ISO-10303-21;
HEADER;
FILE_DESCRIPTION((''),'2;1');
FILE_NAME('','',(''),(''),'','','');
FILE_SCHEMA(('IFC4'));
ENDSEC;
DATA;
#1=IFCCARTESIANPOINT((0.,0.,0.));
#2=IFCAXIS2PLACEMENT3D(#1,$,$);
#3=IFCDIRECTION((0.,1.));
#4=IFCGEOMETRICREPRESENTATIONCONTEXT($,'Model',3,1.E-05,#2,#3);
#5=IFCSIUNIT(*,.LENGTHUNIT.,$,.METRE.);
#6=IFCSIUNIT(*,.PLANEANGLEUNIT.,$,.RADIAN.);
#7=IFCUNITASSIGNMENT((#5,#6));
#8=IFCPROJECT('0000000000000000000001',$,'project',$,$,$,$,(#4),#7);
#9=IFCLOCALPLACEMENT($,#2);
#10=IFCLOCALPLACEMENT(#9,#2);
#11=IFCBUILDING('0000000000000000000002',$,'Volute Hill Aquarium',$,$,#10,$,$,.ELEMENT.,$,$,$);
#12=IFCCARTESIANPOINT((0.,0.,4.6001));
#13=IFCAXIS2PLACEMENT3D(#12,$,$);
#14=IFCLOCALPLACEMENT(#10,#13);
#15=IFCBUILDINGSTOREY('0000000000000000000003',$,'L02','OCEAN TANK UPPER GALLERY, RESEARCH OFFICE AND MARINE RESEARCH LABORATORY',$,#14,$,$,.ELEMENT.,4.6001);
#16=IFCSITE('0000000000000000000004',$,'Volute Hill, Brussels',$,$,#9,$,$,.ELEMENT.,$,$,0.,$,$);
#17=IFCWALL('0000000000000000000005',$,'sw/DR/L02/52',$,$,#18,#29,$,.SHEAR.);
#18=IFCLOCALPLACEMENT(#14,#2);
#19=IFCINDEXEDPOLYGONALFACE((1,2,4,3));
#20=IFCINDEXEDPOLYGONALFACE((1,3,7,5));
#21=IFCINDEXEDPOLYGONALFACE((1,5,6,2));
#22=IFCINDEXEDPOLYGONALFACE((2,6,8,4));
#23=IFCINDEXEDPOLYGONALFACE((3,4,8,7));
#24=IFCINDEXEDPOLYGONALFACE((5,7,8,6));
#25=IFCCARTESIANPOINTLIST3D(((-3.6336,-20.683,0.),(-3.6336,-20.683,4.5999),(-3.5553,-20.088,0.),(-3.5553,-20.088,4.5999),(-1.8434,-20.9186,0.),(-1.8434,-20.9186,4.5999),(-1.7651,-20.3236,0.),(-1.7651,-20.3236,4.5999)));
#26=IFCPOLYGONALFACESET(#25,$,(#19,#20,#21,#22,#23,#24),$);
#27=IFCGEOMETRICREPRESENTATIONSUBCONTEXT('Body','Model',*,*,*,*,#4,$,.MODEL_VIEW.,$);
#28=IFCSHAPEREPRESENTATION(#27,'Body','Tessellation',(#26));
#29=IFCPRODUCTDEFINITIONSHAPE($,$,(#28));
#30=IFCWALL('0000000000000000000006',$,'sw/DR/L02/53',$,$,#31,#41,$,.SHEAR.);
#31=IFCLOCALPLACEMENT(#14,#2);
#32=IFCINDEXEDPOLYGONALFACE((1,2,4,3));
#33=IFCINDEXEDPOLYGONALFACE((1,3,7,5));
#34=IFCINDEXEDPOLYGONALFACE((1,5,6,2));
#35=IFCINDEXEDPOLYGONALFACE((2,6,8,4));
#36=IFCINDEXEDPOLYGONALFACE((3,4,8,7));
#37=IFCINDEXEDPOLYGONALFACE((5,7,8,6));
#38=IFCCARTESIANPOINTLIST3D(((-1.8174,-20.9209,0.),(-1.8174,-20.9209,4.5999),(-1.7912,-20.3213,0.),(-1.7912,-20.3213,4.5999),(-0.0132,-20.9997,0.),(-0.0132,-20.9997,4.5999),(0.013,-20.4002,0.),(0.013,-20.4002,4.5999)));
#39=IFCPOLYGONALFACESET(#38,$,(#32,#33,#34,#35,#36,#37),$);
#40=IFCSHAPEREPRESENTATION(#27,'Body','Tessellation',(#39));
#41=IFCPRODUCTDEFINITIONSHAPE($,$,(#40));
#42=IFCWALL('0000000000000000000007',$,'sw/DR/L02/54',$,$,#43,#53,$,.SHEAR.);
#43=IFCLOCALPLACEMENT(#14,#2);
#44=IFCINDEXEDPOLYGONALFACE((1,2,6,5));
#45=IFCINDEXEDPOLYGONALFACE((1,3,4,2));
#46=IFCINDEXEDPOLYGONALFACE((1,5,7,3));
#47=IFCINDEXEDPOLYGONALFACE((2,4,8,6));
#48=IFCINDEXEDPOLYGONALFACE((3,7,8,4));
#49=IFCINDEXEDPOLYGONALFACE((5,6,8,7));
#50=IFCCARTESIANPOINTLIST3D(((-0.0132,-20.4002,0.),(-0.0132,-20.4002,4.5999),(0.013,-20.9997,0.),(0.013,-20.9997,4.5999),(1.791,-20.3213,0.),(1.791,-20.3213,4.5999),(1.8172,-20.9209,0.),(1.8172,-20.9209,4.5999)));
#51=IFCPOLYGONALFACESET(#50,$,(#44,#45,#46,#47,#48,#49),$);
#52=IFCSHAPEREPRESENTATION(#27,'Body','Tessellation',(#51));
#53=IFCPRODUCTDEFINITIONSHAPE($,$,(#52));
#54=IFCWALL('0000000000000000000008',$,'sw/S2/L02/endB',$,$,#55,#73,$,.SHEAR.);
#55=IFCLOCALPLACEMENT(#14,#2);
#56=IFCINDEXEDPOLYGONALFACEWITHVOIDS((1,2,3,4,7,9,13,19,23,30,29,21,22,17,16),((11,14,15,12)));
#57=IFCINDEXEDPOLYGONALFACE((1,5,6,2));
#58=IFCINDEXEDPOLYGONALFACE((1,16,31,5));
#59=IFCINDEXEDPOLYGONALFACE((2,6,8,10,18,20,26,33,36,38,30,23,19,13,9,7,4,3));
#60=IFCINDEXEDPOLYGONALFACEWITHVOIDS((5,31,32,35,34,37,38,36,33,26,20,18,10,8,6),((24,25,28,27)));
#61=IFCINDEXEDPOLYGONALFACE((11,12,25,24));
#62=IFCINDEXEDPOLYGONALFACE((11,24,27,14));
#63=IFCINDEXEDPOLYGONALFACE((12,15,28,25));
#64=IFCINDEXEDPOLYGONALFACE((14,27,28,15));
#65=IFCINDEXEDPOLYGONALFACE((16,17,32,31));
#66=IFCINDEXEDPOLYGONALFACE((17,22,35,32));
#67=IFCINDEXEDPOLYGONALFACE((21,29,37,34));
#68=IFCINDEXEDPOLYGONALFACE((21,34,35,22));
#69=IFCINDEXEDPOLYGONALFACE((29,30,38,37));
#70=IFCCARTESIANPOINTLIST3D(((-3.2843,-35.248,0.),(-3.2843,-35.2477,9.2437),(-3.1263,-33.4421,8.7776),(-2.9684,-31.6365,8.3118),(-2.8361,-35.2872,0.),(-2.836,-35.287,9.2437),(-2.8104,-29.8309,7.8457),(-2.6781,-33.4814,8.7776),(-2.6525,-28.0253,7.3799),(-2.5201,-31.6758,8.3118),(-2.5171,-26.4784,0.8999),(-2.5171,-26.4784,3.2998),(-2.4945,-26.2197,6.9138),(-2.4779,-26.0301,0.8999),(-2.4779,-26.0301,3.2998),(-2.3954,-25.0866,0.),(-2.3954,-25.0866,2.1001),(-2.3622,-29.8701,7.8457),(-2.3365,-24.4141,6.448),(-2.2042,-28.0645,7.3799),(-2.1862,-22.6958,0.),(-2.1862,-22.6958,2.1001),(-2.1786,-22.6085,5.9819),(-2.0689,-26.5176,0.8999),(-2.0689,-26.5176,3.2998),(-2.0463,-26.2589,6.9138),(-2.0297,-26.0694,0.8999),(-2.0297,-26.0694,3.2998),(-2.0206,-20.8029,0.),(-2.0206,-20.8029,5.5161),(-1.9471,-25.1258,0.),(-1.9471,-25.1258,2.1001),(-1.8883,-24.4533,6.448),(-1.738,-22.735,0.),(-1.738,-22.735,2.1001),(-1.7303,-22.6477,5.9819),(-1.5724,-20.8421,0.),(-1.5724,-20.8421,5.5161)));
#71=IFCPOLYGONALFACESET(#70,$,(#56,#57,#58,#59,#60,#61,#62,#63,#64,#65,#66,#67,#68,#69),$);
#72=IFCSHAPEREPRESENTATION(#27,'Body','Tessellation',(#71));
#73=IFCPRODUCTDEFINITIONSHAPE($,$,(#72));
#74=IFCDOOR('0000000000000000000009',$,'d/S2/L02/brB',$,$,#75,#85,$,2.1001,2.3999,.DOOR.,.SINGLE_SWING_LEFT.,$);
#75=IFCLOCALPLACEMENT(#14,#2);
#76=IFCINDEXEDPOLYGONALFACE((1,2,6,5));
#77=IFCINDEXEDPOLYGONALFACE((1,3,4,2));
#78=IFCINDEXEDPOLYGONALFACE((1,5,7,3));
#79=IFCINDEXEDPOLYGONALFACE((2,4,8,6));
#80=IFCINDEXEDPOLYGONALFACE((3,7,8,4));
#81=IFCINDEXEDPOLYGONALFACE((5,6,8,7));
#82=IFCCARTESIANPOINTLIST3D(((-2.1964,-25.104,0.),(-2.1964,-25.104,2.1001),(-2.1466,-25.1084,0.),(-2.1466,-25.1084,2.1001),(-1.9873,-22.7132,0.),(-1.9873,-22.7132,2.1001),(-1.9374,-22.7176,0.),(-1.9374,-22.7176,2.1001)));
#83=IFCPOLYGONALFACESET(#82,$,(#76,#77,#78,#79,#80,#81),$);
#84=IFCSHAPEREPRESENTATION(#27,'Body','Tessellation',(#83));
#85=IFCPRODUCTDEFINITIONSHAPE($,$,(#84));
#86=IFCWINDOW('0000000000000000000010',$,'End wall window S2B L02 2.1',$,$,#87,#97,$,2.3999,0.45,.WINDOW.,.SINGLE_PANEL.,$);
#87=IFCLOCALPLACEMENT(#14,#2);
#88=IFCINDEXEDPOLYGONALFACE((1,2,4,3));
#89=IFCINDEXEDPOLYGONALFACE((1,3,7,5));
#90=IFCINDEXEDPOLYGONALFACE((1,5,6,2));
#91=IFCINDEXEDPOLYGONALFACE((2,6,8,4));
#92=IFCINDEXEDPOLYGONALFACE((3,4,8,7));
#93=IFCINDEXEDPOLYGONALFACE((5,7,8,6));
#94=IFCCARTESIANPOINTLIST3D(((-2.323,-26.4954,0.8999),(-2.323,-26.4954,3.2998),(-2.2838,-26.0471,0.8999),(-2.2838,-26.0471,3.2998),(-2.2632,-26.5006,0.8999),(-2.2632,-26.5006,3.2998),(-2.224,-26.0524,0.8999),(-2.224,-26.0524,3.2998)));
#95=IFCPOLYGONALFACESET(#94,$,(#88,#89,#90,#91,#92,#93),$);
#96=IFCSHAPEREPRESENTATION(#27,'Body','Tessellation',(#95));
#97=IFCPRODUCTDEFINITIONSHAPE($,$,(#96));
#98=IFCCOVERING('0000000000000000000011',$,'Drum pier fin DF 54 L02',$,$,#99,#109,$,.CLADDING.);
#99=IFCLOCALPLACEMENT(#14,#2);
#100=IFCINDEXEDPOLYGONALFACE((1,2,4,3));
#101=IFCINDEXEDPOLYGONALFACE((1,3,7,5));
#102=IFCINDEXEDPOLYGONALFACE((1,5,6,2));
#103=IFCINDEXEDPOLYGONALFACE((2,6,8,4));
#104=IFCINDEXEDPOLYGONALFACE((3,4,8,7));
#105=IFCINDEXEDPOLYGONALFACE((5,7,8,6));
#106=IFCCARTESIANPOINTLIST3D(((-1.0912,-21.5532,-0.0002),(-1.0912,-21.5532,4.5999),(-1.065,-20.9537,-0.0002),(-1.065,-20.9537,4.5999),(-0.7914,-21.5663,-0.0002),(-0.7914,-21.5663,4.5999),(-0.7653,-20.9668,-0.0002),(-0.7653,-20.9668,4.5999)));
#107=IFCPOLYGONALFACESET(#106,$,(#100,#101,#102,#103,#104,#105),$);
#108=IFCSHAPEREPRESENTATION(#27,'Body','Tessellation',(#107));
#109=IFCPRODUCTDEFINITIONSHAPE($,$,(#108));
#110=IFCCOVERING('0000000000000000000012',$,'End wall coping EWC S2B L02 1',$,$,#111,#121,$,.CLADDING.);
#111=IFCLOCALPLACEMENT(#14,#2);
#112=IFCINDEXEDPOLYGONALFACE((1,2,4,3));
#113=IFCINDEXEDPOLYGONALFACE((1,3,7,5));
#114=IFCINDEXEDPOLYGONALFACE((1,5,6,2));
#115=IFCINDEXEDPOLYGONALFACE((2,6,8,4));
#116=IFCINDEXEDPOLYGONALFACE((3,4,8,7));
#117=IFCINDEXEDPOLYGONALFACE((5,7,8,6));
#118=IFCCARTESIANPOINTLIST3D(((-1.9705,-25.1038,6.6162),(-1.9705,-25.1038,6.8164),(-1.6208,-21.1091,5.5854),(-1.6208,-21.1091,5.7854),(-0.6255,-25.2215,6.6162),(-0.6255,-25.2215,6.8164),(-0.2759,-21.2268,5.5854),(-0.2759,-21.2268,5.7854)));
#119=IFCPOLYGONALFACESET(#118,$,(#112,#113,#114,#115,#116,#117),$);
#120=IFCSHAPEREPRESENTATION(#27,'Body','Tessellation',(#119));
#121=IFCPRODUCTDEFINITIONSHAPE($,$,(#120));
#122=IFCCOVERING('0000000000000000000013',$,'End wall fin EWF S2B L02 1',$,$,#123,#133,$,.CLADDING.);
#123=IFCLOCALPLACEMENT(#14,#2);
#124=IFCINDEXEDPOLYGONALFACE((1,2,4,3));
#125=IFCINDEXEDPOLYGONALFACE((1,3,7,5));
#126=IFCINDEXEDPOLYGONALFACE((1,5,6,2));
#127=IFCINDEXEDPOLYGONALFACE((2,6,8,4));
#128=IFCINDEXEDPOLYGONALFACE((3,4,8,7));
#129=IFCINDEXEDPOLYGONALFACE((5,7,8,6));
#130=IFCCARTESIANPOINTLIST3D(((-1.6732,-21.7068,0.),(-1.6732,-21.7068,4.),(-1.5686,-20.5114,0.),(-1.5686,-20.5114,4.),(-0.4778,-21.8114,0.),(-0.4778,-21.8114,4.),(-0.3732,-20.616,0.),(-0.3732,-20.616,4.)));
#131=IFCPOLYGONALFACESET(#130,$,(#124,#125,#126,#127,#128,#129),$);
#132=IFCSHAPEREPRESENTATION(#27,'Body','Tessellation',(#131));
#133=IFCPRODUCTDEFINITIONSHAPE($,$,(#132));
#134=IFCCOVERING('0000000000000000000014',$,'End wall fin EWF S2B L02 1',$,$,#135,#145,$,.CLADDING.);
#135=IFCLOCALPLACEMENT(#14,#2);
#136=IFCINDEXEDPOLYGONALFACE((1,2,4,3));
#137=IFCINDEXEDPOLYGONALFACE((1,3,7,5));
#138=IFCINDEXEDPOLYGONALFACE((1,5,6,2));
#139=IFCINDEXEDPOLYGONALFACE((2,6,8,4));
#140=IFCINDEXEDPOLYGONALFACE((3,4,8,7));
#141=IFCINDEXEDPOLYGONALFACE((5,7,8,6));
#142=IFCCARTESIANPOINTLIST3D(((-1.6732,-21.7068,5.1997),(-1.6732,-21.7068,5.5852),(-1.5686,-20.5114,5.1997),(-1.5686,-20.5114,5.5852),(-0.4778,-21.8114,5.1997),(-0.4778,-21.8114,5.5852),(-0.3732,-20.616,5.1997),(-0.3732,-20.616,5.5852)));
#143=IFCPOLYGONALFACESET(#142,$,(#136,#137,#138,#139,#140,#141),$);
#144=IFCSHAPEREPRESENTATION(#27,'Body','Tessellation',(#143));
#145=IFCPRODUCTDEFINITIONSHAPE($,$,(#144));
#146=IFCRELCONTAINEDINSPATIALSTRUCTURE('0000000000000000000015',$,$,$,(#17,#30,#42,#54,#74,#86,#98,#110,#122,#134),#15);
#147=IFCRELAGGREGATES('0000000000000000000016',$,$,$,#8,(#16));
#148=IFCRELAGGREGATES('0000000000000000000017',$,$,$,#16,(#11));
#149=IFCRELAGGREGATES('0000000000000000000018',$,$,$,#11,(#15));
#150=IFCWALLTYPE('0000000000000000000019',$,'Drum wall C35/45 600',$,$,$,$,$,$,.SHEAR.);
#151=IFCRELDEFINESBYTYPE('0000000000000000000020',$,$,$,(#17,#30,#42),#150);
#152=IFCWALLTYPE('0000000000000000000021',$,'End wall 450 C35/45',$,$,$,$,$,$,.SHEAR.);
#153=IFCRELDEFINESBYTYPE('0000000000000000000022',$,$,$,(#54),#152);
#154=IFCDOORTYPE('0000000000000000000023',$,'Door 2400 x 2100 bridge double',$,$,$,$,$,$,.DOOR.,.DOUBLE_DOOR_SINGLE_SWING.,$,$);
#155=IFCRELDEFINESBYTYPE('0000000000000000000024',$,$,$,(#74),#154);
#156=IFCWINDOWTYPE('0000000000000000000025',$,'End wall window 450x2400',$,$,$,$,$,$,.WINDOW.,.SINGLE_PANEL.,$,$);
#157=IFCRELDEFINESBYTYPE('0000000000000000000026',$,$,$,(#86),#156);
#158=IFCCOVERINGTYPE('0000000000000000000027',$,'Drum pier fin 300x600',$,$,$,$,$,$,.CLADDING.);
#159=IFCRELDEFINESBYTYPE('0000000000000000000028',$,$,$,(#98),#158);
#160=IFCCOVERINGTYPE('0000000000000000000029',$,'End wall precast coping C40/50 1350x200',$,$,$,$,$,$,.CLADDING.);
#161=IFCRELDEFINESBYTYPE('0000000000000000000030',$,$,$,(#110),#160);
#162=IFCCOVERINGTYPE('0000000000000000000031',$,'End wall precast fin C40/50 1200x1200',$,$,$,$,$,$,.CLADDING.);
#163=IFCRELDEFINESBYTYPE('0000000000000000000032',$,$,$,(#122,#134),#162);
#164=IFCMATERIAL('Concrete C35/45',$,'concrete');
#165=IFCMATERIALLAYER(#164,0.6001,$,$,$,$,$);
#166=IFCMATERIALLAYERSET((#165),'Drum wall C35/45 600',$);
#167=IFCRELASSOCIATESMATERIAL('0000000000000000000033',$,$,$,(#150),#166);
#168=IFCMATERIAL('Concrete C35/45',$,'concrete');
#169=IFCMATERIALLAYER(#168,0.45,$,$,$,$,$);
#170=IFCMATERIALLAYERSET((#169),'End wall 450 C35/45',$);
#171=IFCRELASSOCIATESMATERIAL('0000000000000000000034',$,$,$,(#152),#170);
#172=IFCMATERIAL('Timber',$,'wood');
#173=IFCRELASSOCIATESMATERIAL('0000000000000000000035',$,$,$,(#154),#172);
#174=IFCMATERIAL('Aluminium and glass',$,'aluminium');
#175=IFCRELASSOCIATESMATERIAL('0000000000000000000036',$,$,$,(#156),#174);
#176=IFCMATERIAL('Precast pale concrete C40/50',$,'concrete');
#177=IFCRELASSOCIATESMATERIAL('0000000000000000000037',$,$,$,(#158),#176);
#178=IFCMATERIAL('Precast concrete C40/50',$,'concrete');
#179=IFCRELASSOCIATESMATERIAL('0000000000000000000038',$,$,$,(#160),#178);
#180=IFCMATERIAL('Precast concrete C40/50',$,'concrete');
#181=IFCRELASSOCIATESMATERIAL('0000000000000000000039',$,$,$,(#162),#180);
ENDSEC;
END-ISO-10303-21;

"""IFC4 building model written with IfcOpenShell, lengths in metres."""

from ifc_helpers import new_model, si_unit, direction, frame, frame_2d, origin, origin_2d, place, context, subcontext, project, spatial, polyline, rectangle, outline, extrude, material, layer, layer_set, type_object, element, fill, save


model = new_model("IFC4")

# Units and contexts
model_context = context("Model", 3, precision=1e-05, world=origin(), true_north=direction((0.0, 1.0)))
body_context = subcontext(model_context, "Body", "Model", "MODEL_VIEW")
ifc_project = project(units=[si_unit("LENGTHUNIT", "METRE"), si_unit("PLANEANGLEUNIT", "RADIAN")], contexts=[model_context])

# Site, building, storey
site_placement = place(None, origin())
site = spatial("IfcSite", under=ifc_project, at=site_placement, Name="Volute Hill, Brussels", CompositionType="ELEMENT", RefElevation=0.0)
building_placement = place(site_placement, origin())
building = spatial("IfcBuilding", under=site, at=building_placement, Name="Volute Hill Aquarium", CompositionType="ELEMENT")
storey_placement = place(building_placement, frame((0.0, 0.0, 4.6001)))
storey = spatial("IfcBuildingStorey", under=building, at=storey_placement, Name="L02", Description="OCEAN TANK UPPER GALLERY, RESEARCH OFFICE AND MARINE RESEARCH LABORATORY", CompositionType="ELEMENT", Elevation=4.6001)

# Shared definitions
ifc_material_1 = material(Name="Concrete C35/45", Category="concrete")
ifc_layer_1 = layer(ifc_material_1, 0.6001)
ifc_layer_set_1 = layer_set([ifc_layer_1], Name="Drum wall C35/45 600")
wall_type_1 = type_object("IfcWallType", Name="Drum wall C35/45 600", PredefinedType="SHEAR", material=ifc_layer_set_1)

# Walls
wall_1_placement = place(storey_placement, frame((-3.5945, -20.3855, 0.0), z_axis=(0.0, 0.0, 1.0), x_axis=(0.991452, -0.130472, 0.0)))
element("IfcWall", 1, at=wall_1_placement, inside=storey, type_object=wall_type_1, Name="sw/DR/L02/52", PredefinedType="SHEAR", context=body_context, shape_type="SweptSolid", body=[
    extrude(rectangle(XDim=1.8057, YDim=0.6001, at=frame_2d((0.9028, 0.0))), origin(), (0.0, 0.0, 1.0), 4.5999),
])
for number, where, z_axis, x_axis, name in (
    (2, (-1.8042, -20.6211, 0.0), (0.0, 0.0, 1.0), (0.999046, -0.043666, 0.0), "sw/DR/L02/53"),
    (3, (0.0, -20.7, 0.0), (0.0, 0.0, 1.0), (0.999046, 0.043666, 0.0), "sw/DR/L02/54"),
):
    element("IfcWall", number, at=place(storey_placement, frame(where, z_axis=z_axis, x_axis=x_axis)), inside=storey, type_object=wall_type_1, Name=name, PredefinedType="SHEAR", context=body_context, shape_type="SweptSolid", body=[
        extrude(rectangle(XDim=1.8059, YDim=0.6001, at=frame_2d((0.9028, 0.0))), origin(), (0.0, 0.0, 1.0), 4.5999),
    ])

# Wall, openings, door, window
ifc_material_2 = material(Name="Concrete C35/45", Category="concrete")
ifc_layer_2 = layer(ifc_material_2, 0.45)
ifc_layer_set_2 = layer_set([ifc_layer_2], Name="End wall 450 C35/45")
wall_type_2 = type_object("IfcWallType", Name="End wall 450 C35/45", PredefinedType="SHEAR", material=ifc_layer_set_2)
wall_2_placement = place(storey_placement, frame((-1.7966, -20.8225, 0.0), z_axis=(0.0, 0.0, 1.0), x_axis=(-0.087148, -0.996195, 0.0)))
wall_2 = element("IfcWall", 4, at=wall_2_placement, inside=storey, type_object=wall_type_2, Name="sw/S2/L02/endB", PredefinedType="SHEAR", context=body_context, shape_type="SweptSolid", body=[
    extrude(outline(polyline([(0.0, 0.0), (14.5002, 0.0), (14.5, 9.2437), (12.6875, 8.7776), (10.875, 8.3118), (9.0625, 7.8457), (7.25, 7.3799), (5.4375, 6.9138), (3.625, 6.448), (1.8125, 5.9819), (0.0, 5.5161), (0.0, 0.0)])), frame((0.0, 0.2251, 0.0), z_axis=(0.0, -1.0, 0.0), x_axis=(1.0, 0.0, 0.0)), (0.0, 0.0, 1.0), 0.45),
])
opening_1_placement = place(wall_2_placement, frame((5.2471, 0.0, 0.8999)))
opening_1 = element("IfcOpeningElement", 5, at=opening_1_placement, cuts=wall_2, PredefinedType="OPENING", context=body_context, shape_type="SweptSolid", body=[
    extrude(rectangle(XDim=0.45, YDim=2.3999, at=frame_2d((0.2251, 1.2))), frame((0.0, 0.2349, 0.0), z_axis=(0.0, -1.0, 0.0), x_axis=(1.0, 0.0, 0.0)), (0.0, 0.0, 1.0), 0.47),
])
opening_2_placement = place(wall_2_placement, frame((1.9001, 0.0, 0.0)))
opening_2 = element("IfcOpeningElement", 6, at=opening_2_placement, cuts=wall_2, PredefinedType="OPENING", context=body_context, shape_type="SweptSolid", body=[
    extrude(rectangle(XDim=2.3999, YDim=2.1001, at=frame_2d((1.2, 1.05))), frame((0.0, 0.2349, 0.0), z_axis=(0.0, -1.0, 0.0), x_axis=(1.0, 0.0, 0.0)), (0.0, 0.0, 1.0), 0.47),
])
ifc_material_3 = material(Name="Timber", Category="wood")
door_type_1 = type_object("IfcDoorType", Name="Door 2400 x 2100 bridge double", OperationType="DOUBLE_DOOR_SINGLE_SWING", PredefinedType="DOOR", material=ifc_material_3)
door_1_placement = place(opening_2_placement, origin())
door_1 = element("IfcDoor", 7, at=door_1_placement, inside=storey, type_object=door_type_1, Name="d/S2/L02/brB", OperationType="SINGLE_SWING_LEFT", OverallHeight=2.1001, OverallWidth=2.3999, PredefinedType="DOOR", context=body_context, shape_type="SweptSolid", body=[
    extrude(rectangle(XDim=2.3999, YDim=2.1001, at=frame_2d((1.2, 1.05))), frame((0.0, 0.0249, 0.0), z_axis=(0.0, -1.0, 0.0), x_axis=(1.0, 0.0, 0.0)), (0.0, 0.0, 1.0), 0.05),
])
fill(opening_2, door_1)
ifc_material_4 = material(Name="Aluminium and glass", Category="aluminium")
window_type = type_object("IfcWindowType", Name="End wall window 450x2400", PartitioningType="SINGLE_PANEL", PredefinedType="WINDOW", material=ifc_material_4)
window_placement = place(opening_1_placement, origin())
window = element("IfcWindow", 8, at=window_placement, inside=storey, type_object=window_type, Name="End wall window S2B L02 2.1", OverallHeight=2.3999, OverallWidth=0.45, PartitioningType="SINGLE_PANEL", PredefinedType="WINDOW", context=body_context, shape_type="SweptSolid", body=[
    extrude(rectangle(XDim=0.45, YDim=2.3999, at=frame_2d((0.2251, 1.2))), frame((0.0, 0.03, 0.0), z_axis=(0.0, -1.0, 0.0), x_axis=(1.0, 0.0, 0.0)), (0.0, 0.0, 1.0), 0.0601),
])
fill(opening_1, window)

# Coverings
ifc_material_5 = material(Name="Precast pale concrete C40/50", Category="concrete")
covering_type_1 = type_object("IfcCoveringType", Name="Drum pier fin 300x600", PredefinedType="CLADDING", material=ifc_material_5)
covering_1_placement = place(storey_placement, frame((-0.9282, -21.26, -0.0002), z_axis=(0.0, 0.0, 1.0), x_axis=(0.999048, -0.043619, 0.0)))
element("IfcCovering", 9, at=covering_1_placement, inside=storey, type_object=covering_type_1, Name="Drum pier fin DF 54 L02", PredefinedType="CLADDING", context=body_context, shape_type="SweptSolid", body=[
    extrude(rectangle(XDim=0.3, YDim=0.6001, at=origin_2d()), origin(), (0.0, 0.0, 1.0), 4.6001),
])
ifc_material_6 = material(Name="Precast concrete C40/50", Category="concrete")
covering_type_2 = type_object("IfcCoveringType", Name="End wall precast coping C40/50 1350x200", PredefinedType="CLADDING", material=ifc_material_6)
covering_2_placement = place(storey_placement, frame((-1.6208, -21.1091, 5.5854), z_axis=(-0.996192, 0.087187, 0.0), x_axis=(-0.084441, -0.964826, 0.248961)))
element("IfcCovering", 10, at=covering_2_placement, inside=storey, type_object=covering_type_2, Name="End wall coping EWC S2B L02 1", PredefinedType="CLADDING", context=body_context, shape_type="SweptSolid", body=[
    extrude(outline(polyline([(0.0, 0.0), (4.1403, 0.0), (4.1901, 0.1939), (0.0498, 0.1937), (0.0, 0.0)])), origin(), (0.0, 0.0, -1.0), 1.3501),
])
ifc_material_7 = material(Name="Precast concrete C40/50", Category="concrete")
covering_type_3 = type_object("IfcCoveringType", Name="End wall precast fin C40/50 1200x1200", PredefinedType="CLADDING", material=ifc_material_7)
covering_3_placement = place(storey_placement, frame((-1.0232, -21.1614, 0.0), z_axis=(0.0, 0.0, 1.0), x_axis=(-0.087151, -0.996195, 0.0)))
element("IfcCovering", 11, at=covering_3_placement, inside=storey, type_object=covering_type_3, Name="End wall fin EWF S2B L02 1", PredefinedType="CLADDING", context=body_context, shape_type="SweptSolid", body=[
    extrude(rectangle(XDim=1.2, YDim=1.2, at=origin_2d()), origin(), (0.0, 0.0, 1.0), 4.0),
])
covering_4_placement = place(storey_placement, frame((-1.0232, -21.1614, 5.1997), z_axis=(0.0, 0.0, 1.0), x_axis=(-0.087151, -0.996195, 0.0)))
element("IfcCovering", 12, at=covering_4_placement, inside=storey, type_object=covering_type_3, Name="End wall fin EWF S2B L02 1", PredefinedType="CLADDING", context=body_context, shape_type="SweptSolid", body=[
    extrude(rectangle(XDim=1.2, YDim=1.2, at=origin_2d()), origin(), (0.0, 0.0, 1.0), 0.3855),
])

save(model, "model.ifc")
